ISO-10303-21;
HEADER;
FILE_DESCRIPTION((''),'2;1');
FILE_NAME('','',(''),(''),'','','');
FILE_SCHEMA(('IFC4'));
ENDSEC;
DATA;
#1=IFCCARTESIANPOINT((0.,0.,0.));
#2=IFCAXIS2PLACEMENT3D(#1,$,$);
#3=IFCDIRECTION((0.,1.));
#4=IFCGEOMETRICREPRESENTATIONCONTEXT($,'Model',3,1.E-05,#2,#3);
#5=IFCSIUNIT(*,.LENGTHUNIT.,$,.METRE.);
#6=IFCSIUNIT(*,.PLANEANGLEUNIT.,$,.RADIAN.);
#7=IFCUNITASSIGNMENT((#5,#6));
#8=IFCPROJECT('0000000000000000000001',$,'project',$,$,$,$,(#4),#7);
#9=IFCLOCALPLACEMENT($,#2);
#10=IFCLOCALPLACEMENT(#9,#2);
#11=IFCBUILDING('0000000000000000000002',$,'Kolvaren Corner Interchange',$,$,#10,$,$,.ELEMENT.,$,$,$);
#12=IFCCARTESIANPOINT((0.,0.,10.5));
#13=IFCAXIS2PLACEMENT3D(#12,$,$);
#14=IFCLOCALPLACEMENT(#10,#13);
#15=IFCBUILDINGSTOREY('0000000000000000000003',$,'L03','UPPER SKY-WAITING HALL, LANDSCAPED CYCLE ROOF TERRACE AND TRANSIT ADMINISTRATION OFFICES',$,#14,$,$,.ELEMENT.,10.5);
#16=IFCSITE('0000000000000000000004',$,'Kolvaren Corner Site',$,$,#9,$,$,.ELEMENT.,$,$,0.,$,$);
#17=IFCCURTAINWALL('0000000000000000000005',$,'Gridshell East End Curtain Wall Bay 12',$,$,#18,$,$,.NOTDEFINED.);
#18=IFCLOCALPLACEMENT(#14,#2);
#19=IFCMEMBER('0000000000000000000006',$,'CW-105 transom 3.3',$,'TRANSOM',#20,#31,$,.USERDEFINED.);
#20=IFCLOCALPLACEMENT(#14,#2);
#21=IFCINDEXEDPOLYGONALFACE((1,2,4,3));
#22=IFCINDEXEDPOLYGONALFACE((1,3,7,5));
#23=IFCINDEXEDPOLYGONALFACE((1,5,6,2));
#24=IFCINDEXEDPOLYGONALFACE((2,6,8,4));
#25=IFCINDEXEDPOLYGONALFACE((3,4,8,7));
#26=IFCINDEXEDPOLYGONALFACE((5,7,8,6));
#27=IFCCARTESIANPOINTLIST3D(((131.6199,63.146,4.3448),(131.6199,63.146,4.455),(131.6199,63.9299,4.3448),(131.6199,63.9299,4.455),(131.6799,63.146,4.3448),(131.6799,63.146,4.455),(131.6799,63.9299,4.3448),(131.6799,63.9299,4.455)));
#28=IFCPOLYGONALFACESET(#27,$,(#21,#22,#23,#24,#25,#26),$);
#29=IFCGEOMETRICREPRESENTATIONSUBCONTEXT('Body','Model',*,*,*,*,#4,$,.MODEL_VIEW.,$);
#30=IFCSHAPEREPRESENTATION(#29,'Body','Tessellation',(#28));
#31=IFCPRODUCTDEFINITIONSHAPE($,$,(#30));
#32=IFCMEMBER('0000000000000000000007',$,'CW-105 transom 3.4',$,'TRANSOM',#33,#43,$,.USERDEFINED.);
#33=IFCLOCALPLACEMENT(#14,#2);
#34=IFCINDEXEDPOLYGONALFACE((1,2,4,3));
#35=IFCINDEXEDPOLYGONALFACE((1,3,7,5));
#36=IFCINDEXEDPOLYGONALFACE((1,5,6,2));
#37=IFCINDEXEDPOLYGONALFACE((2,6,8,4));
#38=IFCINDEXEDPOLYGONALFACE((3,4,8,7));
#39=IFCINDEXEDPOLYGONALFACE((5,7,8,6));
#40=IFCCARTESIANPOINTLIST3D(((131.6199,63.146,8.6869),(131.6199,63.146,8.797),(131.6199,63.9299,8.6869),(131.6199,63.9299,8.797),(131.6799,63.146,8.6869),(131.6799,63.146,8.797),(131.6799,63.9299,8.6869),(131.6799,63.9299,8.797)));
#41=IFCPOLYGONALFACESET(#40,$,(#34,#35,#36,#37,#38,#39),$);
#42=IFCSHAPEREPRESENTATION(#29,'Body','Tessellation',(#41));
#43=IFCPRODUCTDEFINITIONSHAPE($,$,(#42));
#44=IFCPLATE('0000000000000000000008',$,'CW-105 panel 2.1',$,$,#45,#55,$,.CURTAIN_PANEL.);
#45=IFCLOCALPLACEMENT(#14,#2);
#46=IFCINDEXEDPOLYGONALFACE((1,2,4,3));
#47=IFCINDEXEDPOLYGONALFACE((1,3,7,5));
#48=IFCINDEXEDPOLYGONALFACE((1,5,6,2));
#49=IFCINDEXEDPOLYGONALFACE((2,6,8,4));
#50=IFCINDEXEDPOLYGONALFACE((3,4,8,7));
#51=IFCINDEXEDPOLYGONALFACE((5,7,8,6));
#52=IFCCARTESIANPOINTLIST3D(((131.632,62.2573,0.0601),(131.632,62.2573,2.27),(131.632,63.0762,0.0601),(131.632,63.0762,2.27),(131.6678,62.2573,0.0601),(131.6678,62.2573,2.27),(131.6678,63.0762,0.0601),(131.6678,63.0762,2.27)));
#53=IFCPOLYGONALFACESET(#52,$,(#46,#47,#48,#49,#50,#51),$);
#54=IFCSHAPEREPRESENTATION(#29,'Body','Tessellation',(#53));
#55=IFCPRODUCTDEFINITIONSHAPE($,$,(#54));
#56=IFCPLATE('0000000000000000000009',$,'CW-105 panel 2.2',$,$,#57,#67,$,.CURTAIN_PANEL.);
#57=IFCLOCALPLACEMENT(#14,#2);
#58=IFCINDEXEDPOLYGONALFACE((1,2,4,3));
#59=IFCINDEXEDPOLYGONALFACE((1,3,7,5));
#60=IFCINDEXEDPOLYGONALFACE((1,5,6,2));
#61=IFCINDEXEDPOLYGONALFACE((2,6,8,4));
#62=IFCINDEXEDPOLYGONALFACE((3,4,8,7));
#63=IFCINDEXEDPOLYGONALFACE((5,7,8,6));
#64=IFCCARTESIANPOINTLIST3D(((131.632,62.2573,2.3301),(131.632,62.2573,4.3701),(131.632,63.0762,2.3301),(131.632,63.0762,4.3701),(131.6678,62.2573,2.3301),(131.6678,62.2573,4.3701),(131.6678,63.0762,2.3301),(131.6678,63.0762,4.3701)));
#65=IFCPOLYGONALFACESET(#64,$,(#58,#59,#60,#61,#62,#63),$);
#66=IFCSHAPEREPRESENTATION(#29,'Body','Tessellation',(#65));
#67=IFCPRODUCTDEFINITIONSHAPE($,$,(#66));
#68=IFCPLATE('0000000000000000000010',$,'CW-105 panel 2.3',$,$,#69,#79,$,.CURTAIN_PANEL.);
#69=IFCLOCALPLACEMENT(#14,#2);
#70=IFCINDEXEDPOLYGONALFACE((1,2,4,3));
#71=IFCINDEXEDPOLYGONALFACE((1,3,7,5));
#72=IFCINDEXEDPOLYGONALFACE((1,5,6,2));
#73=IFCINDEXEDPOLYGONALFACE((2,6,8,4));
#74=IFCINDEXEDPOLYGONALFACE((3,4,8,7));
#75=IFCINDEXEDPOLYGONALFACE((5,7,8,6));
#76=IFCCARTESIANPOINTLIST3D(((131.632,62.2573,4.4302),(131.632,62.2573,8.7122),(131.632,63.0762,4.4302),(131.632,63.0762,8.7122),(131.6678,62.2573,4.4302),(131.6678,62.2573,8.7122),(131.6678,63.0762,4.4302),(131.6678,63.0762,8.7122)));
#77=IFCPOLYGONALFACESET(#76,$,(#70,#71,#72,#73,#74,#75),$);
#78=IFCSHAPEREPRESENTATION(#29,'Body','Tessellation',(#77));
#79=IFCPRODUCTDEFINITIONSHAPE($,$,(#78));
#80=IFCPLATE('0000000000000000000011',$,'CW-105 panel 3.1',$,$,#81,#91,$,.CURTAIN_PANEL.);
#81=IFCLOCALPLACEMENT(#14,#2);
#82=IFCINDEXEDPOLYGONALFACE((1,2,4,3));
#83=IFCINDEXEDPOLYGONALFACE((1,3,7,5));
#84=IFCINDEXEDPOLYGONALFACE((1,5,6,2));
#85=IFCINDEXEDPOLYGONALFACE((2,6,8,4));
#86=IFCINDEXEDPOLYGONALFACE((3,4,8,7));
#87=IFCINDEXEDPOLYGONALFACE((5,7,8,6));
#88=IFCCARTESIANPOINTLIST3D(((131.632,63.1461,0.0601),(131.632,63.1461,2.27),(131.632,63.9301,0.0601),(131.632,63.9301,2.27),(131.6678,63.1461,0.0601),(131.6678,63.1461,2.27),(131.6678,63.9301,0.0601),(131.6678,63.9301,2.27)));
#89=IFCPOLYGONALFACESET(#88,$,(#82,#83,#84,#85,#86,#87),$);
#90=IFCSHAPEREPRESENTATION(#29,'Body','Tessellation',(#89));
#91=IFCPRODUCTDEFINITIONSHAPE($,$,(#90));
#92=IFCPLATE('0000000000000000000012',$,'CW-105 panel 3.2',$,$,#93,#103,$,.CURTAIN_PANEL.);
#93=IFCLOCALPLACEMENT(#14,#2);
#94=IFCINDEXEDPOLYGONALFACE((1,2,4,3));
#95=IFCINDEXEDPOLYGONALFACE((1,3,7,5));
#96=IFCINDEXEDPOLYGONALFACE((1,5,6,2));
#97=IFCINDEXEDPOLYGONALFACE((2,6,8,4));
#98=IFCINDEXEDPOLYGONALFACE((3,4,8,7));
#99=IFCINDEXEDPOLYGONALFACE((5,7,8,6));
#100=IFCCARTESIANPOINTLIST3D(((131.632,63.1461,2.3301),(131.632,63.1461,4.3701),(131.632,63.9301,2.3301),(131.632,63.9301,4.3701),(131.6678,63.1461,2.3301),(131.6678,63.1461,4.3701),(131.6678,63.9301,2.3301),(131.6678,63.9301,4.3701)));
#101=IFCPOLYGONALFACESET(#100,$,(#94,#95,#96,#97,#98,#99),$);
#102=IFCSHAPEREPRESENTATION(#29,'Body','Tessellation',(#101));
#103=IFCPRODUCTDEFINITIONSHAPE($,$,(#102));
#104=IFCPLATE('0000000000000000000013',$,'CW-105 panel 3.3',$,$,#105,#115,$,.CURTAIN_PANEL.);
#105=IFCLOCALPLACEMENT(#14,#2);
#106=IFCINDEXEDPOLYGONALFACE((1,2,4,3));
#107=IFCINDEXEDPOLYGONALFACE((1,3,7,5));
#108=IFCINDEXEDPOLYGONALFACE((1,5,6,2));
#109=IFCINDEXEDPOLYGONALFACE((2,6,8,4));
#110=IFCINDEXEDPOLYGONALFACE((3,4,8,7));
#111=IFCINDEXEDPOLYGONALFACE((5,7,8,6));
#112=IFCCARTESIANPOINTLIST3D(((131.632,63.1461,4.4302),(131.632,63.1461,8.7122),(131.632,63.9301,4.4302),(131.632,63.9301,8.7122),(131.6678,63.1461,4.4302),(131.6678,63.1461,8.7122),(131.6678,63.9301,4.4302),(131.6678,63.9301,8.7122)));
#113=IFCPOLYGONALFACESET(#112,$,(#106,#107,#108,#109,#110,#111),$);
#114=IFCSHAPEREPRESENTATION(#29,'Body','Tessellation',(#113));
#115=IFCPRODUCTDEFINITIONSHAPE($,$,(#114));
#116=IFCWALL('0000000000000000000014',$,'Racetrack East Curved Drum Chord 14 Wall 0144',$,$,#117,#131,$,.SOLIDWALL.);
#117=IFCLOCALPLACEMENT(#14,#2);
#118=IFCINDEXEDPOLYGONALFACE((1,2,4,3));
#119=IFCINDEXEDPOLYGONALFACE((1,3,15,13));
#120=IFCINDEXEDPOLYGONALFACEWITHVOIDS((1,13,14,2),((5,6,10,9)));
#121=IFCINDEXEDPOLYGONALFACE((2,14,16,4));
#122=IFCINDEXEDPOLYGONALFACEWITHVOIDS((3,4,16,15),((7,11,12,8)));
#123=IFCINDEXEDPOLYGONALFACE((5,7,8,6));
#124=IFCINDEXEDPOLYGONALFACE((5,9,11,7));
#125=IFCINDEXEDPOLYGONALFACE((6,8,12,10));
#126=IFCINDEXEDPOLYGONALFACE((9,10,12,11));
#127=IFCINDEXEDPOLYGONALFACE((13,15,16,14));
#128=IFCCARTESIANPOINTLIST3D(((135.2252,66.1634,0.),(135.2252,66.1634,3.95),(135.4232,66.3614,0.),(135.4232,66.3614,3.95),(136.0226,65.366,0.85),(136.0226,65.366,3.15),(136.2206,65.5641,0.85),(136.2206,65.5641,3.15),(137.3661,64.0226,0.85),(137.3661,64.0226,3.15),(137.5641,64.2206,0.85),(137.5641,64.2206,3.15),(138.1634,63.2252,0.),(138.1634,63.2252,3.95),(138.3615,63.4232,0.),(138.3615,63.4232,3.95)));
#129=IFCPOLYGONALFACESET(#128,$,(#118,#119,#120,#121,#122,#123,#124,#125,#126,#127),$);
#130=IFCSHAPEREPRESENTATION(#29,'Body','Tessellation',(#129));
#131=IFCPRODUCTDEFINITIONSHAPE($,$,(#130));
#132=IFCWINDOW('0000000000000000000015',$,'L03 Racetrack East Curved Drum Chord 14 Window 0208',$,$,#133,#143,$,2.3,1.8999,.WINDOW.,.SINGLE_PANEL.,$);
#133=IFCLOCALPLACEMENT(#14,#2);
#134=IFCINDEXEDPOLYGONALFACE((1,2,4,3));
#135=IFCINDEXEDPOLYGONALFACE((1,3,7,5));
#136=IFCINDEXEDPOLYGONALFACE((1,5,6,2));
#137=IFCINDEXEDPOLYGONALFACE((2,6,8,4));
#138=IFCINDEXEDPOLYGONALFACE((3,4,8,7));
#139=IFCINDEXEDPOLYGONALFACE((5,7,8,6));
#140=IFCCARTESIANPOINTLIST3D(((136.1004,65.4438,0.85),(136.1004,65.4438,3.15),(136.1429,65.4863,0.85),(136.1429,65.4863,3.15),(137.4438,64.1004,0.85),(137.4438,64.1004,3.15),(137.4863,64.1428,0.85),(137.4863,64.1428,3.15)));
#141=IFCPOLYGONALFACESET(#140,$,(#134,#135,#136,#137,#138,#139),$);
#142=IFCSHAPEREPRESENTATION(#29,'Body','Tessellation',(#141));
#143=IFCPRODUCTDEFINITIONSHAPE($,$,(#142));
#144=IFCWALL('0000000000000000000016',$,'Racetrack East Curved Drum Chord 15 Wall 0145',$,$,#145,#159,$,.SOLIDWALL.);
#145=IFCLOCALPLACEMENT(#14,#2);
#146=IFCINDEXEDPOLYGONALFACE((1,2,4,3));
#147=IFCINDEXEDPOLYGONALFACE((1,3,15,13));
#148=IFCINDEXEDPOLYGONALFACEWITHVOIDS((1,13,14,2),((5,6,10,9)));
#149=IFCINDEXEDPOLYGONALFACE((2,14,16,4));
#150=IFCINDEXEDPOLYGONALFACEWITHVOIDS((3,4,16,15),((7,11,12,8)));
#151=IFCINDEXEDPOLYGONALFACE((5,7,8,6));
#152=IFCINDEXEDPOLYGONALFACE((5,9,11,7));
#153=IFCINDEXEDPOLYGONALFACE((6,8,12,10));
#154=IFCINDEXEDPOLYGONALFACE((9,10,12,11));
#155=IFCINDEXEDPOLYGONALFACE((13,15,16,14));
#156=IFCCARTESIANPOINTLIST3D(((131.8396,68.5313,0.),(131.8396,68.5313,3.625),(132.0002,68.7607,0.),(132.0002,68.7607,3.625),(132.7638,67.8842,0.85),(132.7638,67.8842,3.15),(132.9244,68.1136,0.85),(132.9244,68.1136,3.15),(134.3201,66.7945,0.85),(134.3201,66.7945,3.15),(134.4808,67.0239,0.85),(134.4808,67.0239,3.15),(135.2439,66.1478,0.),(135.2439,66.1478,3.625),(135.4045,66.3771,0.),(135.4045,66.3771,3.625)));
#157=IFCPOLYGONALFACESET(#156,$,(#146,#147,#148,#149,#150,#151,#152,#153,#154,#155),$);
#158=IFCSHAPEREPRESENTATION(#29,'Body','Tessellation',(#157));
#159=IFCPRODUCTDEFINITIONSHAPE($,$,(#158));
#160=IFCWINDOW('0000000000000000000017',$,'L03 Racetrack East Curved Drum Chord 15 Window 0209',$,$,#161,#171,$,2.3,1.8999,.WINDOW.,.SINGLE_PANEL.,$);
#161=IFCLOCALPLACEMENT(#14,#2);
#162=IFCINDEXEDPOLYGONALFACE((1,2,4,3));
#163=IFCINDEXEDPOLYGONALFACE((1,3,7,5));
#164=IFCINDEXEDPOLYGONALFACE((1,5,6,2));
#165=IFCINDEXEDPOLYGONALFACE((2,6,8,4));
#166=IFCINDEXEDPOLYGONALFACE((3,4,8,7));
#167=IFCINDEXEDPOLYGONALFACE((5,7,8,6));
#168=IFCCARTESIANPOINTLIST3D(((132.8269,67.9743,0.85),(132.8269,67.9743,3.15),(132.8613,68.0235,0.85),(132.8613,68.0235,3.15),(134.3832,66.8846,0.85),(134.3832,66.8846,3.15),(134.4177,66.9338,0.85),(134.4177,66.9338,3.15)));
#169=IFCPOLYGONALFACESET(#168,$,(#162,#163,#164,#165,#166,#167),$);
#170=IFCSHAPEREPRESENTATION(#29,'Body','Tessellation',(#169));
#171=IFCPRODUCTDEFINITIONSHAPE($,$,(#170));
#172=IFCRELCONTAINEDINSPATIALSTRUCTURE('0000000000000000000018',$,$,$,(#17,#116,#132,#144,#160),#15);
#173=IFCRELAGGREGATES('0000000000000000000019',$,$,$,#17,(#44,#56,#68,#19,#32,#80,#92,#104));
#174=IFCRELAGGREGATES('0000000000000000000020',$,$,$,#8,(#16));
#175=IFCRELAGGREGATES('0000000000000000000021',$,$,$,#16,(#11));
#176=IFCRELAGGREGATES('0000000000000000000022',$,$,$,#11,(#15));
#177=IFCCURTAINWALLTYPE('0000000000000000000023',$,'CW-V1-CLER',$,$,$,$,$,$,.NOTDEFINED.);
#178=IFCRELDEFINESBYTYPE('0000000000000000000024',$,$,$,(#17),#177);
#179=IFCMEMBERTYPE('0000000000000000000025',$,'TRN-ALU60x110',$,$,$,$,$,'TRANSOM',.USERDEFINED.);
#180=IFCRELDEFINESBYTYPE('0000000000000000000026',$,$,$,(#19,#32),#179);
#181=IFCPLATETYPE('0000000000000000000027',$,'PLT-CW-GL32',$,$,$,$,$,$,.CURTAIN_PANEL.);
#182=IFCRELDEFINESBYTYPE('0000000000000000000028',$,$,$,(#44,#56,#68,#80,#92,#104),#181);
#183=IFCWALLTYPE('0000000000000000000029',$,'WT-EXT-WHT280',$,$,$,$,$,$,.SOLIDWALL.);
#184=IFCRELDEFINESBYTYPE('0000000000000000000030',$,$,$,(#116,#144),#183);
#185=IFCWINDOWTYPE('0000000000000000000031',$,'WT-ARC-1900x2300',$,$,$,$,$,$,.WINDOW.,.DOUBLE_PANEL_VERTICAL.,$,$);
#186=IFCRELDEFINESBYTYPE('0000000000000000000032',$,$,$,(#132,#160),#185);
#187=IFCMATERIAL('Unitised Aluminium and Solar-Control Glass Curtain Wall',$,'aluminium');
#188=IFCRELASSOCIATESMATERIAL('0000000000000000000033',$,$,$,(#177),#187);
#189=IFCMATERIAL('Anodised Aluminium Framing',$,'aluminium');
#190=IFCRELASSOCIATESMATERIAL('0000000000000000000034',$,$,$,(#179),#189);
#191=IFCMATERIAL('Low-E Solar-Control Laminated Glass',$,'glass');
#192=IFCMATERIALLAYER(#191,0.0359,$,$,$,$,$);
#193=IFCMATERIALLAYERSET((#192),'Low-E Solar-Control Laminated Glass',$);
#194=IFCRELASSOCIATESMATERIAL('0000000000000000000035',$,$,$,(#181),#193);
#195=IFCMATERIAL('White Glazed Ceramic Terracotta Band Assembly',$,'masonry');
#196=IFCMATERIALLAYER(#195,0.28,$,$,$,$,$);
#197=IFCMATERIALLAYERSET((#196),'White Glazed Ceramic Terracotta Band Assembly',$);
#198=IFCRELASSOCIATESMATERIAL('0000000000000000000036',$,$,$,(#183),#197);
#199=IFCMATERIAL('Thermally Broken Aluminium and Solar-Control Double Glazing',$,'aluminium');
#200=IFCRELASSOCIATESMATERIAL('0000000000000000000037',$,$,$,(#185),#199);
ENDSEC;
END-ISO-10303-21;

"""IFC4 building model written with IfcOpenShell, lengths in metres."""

from ifc_helpers import new_model, si_unit, direction, frame, frame_2d, origin, origin_2d, place, context, subcontext, project, spatial, rectangle, extrude, material, layer, layer_set, material_profile, profile_set, type_object, element, fill, aggregate, save


model = new_model("IFC4")

# Units and contexts
model_context = context("Model", 3, precision=1e-05, world=origin(), true_north=direction((0.0, 1.0)))
body_context = subcontext(model_context, "Body", "Model", "MODEL_VIEW")
ifc_project = project(units=[si_unit("LENGTHUNIT", "METRE"), si_unit("PLANEANGLEUNIT", "RADIAN")], contexts=[model_context])

# Site, building, storey
site_placement = place(None, origin())
site = spatial("IfcSite", under=ifc_project, at=site_placement, Name="Kolvaren Corner Site", CompositionType="ELEMENT", RefElevation=0.0)
building_placement = place(site_placement, origin())
building = spatial("IfcBuilding", under=site, at=building_placement, Name="Kolvaren Corner Interchange", CompositionType="ELEMENT")
storey_placement = place(building_placement, frame((0.0, 0.0, 10.5)))
storey = spatial("IfcBuildingStorey", under=building, at=storey_placement, Name="L03", Description="UPPER SKY-WAITING HALL, LANDSCAPED CYCLE ROOF TERRACE AND TRANSIT ADMINISTRATION OFFICES", CompositionType="ELEMENT", Elevation=10.5)

# Curtain wall, members, plates
ifc_material_1 = material(Name="Unitised Aluminium and Solar-Control Glass Curtain Wall", Category="aluminium")
curtain_wall_type = type_object("IfcCurtainWallType", Name="CW-V1-CLER", PredefinedType="NOTDEFINED", material=ifc_material_1)
curtain_wall_placement = place(storey_placement, origin())
curtain_wall = element("IfcCurtainWall", 1, at=curtain_wall_placement, inside=storey, type_object=curtain_wall_type, Name="Gridshell East End Curtain Wall Bay 12", PredefinedType="NOTDEFINED")
ifc_material_2 = material(Name="Anodised Aluminium Framing", Category="aluminium")
ifc_material_profile_1 = material_profile(ifc_material_2, rectangle(XDim=0.0601, YDim=0.1101, at=origin_2d()), Name="ALU 60x110")
ifc_profile_set_1 = profile_set([ifc_material_profile_1], Name="Anodised Aluminium Framing")
member_type_1 = type_object("IfcMemberType", Name="TRN-ALU60x110", ElementType="TRANSOM", PredefinedType="USERDEFINED", material=ifc_profile_set_1)
member_1_placement = place(storey_placement, frame((131.6499, 63.146, 4.3999), z_axis=(0.0, 1.0, 0.0), x_axis=(-1.0, 0.0, 0.0)))
member_1 = element("IfcMember", 2, at=member_1_placement, type_object=member_type_1, Name="CW-105 transom 3.3", ObjectType="TRANSOM", PredefinedType="USERDEFINED", context=body_context, shape_type="SweptSolid", body=[
    extrude(rectangle(XDim=0.0601, YDim=0.1101, at=origin_2d()), origin(), (0.0, 0.0, 1.0), 0.7839),
])
member_2_placement = place(storey_placement, frame((131.6499, 63.146, 8.7419), z_axis=(0.0, 1.0, 0.0), x_axis=(-1.0, 0.0, 0.0)))
member_2 = element("IfcMember", 3, at=member_2_placement, type_object=member_type_1, Name="CW-105 transom 3.4", ObjectType="TRANSOM", PredefinedType="USERDEFINED", context=body_context, shape_type="SweptSolid", body=[
    extrude(rectangle(XDim=0.0601, YDim=0.1101, at=origin_2d()), origin(), (0.0, 0.0, 1.0), 0.7839),
])
ifc_material_3 = material(Name="Low-E Solar-Control Laminated Glass", Category="glass")
ifc_layer_1 = layer(ifc_material_3, 0.0359)
ifc_layer_set_1 = layer_set([ifc_layer_1], Name="Low-E Solar-Control Laminated Glass")
plate_type = type_object("IfcPlateType", Name="PLT-CW-GL32", PredefinedType="CURTAIN_PANEL", material=ifc_layer_set_1)
plate_1_placement = place(storey_placement, frame((131.6499, 62.6667, 0.0601), z_axis=(0.0, 0.0, 1.0), x_axis=(0.0, 1.0, 0.0)))
plate_1 = element("IfcPlate", 4, at=plate_1_placement, type_object=plate_type, Name="CW-105 panel 2.1", PredefinedType="CURTAIN_PANEL", context=body_context, shape_type="SweptSolid", body=[
    extrude(rectangle(XDim=0.8188, YDim=0.0359, at=origin_2d()), origin(), (0.0, 0.0, 1.0), 2.21),
])
plate_2_placement = place(storey_placement, frame((131.6499, 62.6667, 2.3301), z_axis=(0.0, 0.0, 1.0), x_axis=(0.0, 1.0, 0.0)))
plate_2 = element("IfcPlate", 5, at=plate_2_placement, type_object=plate_type, Name="CW-105 panel 2.2", PredefinedType="CURTAIN_PANEL", context=body_context, shape_type="SweptSolid", body=[
    extrude(rectangle(XDim=0.8188, YDim=0.0359, at=origin_2d()), origin(), (0.0, 0.0, 1.0), 2.04),
])
plate_3_placement = place(storey_placement, frame((131.6499, 62.6667, 4.4302), z_axis=(0.0, 0.0, 1.0), x_axis=(0.0, 1.0, 0.0)))
plate_3 = element("IfcPlate", 6, at=plate_3_placement, type_object=plate_type, Name="CW-105 panel 2.3", PredefinedType="CURTAIN_PANEL", context=body_context, shape_type="SweptSolid", body=[
    extrude(rectangle(XDim=0.8188, YDim=0.0359, at=origin_2d()), origin(), (0.0, 0.0, 1.0), 4.282),
])
plate_4_placement = place(storey_placement, frame((131.6499, 63.5381, 0.0601), z_axis=(0.0, 0.0, 1.0), x_axis=(0.0, 1.0, 0.0)))
plate_4 = element("IfcPlate", 7, at=plate_4_placement, type_object=plate_type, Name="CW-105 panel 3.1", PredefinedType="CURTAIN_PANEL", context=body_context, shape_type="SweptSolid", body=[
    extrude(rectangle(XDim=0.7839, YDim=0.0359, at=origin_2d()), origin(), (0.0, 0.0, 1.0), 2.21),
])
plate_5_placement = place(storey_placement, frame((131.6499, 63.5381, 2.3301), z_axis=(0.0, 0.0, 1.0), x_axis=(0.0, 1.0, 0.0)))
plate_5 = element("IfcPlate", 8, at=plate_5_placement, type_object=plate_type, Name="CW-105 panel 3.2", PredefinedType="CURTAIN_PANEL", context=body_context, shape_type="SweptSolid", body=[
    extrude(rectangle(XDim=0.7839, YDim=0.0359, at=origin_2d()), origin(), (0.0, 0.0, 1.0), 2.04),
])
plate_6_placement = place(storey_placement, frame((131.6499, 63.5381, 4.4302), z_axis=(0.0, 0.0, 1.0), x_axis=(0.0, 1.0, 0.0)))
plate_6 = element("IfcPlate", 9, at=plate_6_placement, type_object=plate_type, Name="CW-105 panel 3.3", PredefinedType="CURTAIN_PANEL", context=body_context, shape_type="SweptSolid", body=[
    extrude(rectangle(XDim=0.7839, YDim=0.0359, at=origin_2d()), origin(), (0.0, 0.0, 1.0), 4.282),
])
aggregate(curtain_wall, [plate_1, plate_2, plate_3, member_1, member_2, plate_4, plate_5, plate_6])

# Walls, openings, windows
ifc_material_4 = material(Name="White Glazed Ceramic Terracotta Band Assembly", Category="masonry")
ifc_layer_2 = layer(ifc_material_4, 0.28)
ifc_layer_set_2 = layer_set([ifc_layer_2], Name="White Glazed Ceramic Terracotta Band Assembly")
wall_type = type_object("IfcWallType", Name="WT-EXT-WHT280", PredefinedType="SOLIDWALL", material=ifc_layer_set_2)
wall_1_placement = place(storey_placement, frame((138.2625, 63.3242, 0.0), z_axis=(0.0, 0.0, 1.0), x_axis=(-0.707107, 0.707107, 0.0)))
wall_1 = element("IfcWall", 10, at=wall_1_placement, inside=storey, type_object=wall_type, Name="Racetrack East Curved Drum Chord 14 Wall 0144", PredefinedType="SOLIDWALL", context=body_context, shape_type="SweptSolid", body=[
    extrude(rectangle(XDim=4.1553, YDim=0.28, at=frame_2d((2.0776, 0.0))), origin(), (0.0, 0.0, 1.0), 3.95),
])
opening_1_placement = place(wall_1_placement, frame((1.1277, 0.0, 0.8501)))
opening_1 = element("IfcOpeningElement", 11, at=opening_1_placement, cuts=wall_1, PredefinedType="OPENING", context=body_context, shape_type="SweptSolid", body=[
    extrude(rectangle(XDim=1.8999, YDim=2.3, at=frame_2d((0.95, 1.1499))), frame((0.0, 0.1499, 0.0), z_axis=(0.0, -1.0, 0.0), x_axis=(1.0, 0.0, 0.0)), (0.0, 0.0, 1.0), 0.3),
])
ifc_material_5 = material(Name="Thermally Broken Aluminium and Solar-Control Double Glazing", Category="aluminium")
window_type = type_object("IfcWindowType", Name="WT-ARC-1900x2300", PartitioningType="DOUBLE_PANEL_VERTICAL", PredefinedType="WINDOW", material=ifc_material_5)
window_1_placement = place(opening_1_placement, origin())
window_1 = element("IfcWindow", 12, at=window_1_placement, inside=storey, type_object=window_type, Name="L03 Racetrack East Curved Drum Chord 14 Window 0208", OverallHeight=2.3, OverallWidth=1.8999, PartitioningType="SINGLE_PANEL", PredefinedType="WINDOW", context=body_context, shape_type="SweptSolid", body=[
    extrude(rectangle(XDim=1.8999, YDim=2.3, at=frame_2d((0.95, 1.1499))), frame((0.0, 0.03, 0.0), z_axis=(0.0, -1.0, 0.0), x_axis=(1.0, 0.0, 0.0)), (0.0, 0.0, 1.0), 0.0601),
])
fill(opening_1, window_1)
wall_2_placement = place(storey_placement, frame((135.3242, 66.2625, 0.0), z_axis=(0.0, 0.0, 1.0), x_axis=(-0.819171, 0.573549, 0.0)))
wall_2 = element("IfcWall", 13, at=wall_2_placement, inside=storey, type_object=wall_type, Name="Racetrack East Curved Drum Chord 15 Wall 0145", PredefinedType="SOLIDWALL", context=body_context, shape_type="SweptSolid", body=[
    extrude(rectangle(XDim=4.1558, YDim=0.28, at=frame_2d((2.0779, 0.0))), origin(), (0.0, 0.0, 1.0), 3.625),
])
opening_2_placement = place(wall_2_placement, frame((1.1277, 0.0, 0.8501)))
opening_2 = element("IfcOpeningElement", 14, at=opening_2_placement, cuts=wall_2, PredefinedType="OPENING", context=body_context, shape_type="SweptSolid", body=[
    extrude(rectangle(XDim=1.8999, YDim=2.3, at=frame_2d((0.95, 1.1499))), frame((0.0, 0.1499, 0.0), z_axis=(0.0, -1.0, 0.0), x_axis=(1.0, 0.0, 0.0)), (0.0, 0.0, 1.0), 0.3),
])
window_2_placement = place(opening_2_placement, origin())
window_2 = element("IfcWindow", 15, at=window_2_placement, inside=storey, type_object=window_type, Name="L03 Racetrack East Curved Drum Chord 15 Window 0209", OverallHeight=2.3, OverallWidth=1.8999, PartitioningType="SINGLE_PANEL", PredefinedType="WINDOW", context=body_context, shape_type="SweptSolid", body=[
    extrude(rectangle(XDim=1.8999, YDim=2.3, at=frame_2d((0.95, 1.1499))), frame((0.0, 0.03, 0.0), z_axis=(0.0, -1.0, 0.0), x_axis=(1.0, 0.0, 0.0)), (0.0, 0.0, 1.0), 0.0601),
])
fill(opening_2, window_2)

save(model, "model.ifc")
